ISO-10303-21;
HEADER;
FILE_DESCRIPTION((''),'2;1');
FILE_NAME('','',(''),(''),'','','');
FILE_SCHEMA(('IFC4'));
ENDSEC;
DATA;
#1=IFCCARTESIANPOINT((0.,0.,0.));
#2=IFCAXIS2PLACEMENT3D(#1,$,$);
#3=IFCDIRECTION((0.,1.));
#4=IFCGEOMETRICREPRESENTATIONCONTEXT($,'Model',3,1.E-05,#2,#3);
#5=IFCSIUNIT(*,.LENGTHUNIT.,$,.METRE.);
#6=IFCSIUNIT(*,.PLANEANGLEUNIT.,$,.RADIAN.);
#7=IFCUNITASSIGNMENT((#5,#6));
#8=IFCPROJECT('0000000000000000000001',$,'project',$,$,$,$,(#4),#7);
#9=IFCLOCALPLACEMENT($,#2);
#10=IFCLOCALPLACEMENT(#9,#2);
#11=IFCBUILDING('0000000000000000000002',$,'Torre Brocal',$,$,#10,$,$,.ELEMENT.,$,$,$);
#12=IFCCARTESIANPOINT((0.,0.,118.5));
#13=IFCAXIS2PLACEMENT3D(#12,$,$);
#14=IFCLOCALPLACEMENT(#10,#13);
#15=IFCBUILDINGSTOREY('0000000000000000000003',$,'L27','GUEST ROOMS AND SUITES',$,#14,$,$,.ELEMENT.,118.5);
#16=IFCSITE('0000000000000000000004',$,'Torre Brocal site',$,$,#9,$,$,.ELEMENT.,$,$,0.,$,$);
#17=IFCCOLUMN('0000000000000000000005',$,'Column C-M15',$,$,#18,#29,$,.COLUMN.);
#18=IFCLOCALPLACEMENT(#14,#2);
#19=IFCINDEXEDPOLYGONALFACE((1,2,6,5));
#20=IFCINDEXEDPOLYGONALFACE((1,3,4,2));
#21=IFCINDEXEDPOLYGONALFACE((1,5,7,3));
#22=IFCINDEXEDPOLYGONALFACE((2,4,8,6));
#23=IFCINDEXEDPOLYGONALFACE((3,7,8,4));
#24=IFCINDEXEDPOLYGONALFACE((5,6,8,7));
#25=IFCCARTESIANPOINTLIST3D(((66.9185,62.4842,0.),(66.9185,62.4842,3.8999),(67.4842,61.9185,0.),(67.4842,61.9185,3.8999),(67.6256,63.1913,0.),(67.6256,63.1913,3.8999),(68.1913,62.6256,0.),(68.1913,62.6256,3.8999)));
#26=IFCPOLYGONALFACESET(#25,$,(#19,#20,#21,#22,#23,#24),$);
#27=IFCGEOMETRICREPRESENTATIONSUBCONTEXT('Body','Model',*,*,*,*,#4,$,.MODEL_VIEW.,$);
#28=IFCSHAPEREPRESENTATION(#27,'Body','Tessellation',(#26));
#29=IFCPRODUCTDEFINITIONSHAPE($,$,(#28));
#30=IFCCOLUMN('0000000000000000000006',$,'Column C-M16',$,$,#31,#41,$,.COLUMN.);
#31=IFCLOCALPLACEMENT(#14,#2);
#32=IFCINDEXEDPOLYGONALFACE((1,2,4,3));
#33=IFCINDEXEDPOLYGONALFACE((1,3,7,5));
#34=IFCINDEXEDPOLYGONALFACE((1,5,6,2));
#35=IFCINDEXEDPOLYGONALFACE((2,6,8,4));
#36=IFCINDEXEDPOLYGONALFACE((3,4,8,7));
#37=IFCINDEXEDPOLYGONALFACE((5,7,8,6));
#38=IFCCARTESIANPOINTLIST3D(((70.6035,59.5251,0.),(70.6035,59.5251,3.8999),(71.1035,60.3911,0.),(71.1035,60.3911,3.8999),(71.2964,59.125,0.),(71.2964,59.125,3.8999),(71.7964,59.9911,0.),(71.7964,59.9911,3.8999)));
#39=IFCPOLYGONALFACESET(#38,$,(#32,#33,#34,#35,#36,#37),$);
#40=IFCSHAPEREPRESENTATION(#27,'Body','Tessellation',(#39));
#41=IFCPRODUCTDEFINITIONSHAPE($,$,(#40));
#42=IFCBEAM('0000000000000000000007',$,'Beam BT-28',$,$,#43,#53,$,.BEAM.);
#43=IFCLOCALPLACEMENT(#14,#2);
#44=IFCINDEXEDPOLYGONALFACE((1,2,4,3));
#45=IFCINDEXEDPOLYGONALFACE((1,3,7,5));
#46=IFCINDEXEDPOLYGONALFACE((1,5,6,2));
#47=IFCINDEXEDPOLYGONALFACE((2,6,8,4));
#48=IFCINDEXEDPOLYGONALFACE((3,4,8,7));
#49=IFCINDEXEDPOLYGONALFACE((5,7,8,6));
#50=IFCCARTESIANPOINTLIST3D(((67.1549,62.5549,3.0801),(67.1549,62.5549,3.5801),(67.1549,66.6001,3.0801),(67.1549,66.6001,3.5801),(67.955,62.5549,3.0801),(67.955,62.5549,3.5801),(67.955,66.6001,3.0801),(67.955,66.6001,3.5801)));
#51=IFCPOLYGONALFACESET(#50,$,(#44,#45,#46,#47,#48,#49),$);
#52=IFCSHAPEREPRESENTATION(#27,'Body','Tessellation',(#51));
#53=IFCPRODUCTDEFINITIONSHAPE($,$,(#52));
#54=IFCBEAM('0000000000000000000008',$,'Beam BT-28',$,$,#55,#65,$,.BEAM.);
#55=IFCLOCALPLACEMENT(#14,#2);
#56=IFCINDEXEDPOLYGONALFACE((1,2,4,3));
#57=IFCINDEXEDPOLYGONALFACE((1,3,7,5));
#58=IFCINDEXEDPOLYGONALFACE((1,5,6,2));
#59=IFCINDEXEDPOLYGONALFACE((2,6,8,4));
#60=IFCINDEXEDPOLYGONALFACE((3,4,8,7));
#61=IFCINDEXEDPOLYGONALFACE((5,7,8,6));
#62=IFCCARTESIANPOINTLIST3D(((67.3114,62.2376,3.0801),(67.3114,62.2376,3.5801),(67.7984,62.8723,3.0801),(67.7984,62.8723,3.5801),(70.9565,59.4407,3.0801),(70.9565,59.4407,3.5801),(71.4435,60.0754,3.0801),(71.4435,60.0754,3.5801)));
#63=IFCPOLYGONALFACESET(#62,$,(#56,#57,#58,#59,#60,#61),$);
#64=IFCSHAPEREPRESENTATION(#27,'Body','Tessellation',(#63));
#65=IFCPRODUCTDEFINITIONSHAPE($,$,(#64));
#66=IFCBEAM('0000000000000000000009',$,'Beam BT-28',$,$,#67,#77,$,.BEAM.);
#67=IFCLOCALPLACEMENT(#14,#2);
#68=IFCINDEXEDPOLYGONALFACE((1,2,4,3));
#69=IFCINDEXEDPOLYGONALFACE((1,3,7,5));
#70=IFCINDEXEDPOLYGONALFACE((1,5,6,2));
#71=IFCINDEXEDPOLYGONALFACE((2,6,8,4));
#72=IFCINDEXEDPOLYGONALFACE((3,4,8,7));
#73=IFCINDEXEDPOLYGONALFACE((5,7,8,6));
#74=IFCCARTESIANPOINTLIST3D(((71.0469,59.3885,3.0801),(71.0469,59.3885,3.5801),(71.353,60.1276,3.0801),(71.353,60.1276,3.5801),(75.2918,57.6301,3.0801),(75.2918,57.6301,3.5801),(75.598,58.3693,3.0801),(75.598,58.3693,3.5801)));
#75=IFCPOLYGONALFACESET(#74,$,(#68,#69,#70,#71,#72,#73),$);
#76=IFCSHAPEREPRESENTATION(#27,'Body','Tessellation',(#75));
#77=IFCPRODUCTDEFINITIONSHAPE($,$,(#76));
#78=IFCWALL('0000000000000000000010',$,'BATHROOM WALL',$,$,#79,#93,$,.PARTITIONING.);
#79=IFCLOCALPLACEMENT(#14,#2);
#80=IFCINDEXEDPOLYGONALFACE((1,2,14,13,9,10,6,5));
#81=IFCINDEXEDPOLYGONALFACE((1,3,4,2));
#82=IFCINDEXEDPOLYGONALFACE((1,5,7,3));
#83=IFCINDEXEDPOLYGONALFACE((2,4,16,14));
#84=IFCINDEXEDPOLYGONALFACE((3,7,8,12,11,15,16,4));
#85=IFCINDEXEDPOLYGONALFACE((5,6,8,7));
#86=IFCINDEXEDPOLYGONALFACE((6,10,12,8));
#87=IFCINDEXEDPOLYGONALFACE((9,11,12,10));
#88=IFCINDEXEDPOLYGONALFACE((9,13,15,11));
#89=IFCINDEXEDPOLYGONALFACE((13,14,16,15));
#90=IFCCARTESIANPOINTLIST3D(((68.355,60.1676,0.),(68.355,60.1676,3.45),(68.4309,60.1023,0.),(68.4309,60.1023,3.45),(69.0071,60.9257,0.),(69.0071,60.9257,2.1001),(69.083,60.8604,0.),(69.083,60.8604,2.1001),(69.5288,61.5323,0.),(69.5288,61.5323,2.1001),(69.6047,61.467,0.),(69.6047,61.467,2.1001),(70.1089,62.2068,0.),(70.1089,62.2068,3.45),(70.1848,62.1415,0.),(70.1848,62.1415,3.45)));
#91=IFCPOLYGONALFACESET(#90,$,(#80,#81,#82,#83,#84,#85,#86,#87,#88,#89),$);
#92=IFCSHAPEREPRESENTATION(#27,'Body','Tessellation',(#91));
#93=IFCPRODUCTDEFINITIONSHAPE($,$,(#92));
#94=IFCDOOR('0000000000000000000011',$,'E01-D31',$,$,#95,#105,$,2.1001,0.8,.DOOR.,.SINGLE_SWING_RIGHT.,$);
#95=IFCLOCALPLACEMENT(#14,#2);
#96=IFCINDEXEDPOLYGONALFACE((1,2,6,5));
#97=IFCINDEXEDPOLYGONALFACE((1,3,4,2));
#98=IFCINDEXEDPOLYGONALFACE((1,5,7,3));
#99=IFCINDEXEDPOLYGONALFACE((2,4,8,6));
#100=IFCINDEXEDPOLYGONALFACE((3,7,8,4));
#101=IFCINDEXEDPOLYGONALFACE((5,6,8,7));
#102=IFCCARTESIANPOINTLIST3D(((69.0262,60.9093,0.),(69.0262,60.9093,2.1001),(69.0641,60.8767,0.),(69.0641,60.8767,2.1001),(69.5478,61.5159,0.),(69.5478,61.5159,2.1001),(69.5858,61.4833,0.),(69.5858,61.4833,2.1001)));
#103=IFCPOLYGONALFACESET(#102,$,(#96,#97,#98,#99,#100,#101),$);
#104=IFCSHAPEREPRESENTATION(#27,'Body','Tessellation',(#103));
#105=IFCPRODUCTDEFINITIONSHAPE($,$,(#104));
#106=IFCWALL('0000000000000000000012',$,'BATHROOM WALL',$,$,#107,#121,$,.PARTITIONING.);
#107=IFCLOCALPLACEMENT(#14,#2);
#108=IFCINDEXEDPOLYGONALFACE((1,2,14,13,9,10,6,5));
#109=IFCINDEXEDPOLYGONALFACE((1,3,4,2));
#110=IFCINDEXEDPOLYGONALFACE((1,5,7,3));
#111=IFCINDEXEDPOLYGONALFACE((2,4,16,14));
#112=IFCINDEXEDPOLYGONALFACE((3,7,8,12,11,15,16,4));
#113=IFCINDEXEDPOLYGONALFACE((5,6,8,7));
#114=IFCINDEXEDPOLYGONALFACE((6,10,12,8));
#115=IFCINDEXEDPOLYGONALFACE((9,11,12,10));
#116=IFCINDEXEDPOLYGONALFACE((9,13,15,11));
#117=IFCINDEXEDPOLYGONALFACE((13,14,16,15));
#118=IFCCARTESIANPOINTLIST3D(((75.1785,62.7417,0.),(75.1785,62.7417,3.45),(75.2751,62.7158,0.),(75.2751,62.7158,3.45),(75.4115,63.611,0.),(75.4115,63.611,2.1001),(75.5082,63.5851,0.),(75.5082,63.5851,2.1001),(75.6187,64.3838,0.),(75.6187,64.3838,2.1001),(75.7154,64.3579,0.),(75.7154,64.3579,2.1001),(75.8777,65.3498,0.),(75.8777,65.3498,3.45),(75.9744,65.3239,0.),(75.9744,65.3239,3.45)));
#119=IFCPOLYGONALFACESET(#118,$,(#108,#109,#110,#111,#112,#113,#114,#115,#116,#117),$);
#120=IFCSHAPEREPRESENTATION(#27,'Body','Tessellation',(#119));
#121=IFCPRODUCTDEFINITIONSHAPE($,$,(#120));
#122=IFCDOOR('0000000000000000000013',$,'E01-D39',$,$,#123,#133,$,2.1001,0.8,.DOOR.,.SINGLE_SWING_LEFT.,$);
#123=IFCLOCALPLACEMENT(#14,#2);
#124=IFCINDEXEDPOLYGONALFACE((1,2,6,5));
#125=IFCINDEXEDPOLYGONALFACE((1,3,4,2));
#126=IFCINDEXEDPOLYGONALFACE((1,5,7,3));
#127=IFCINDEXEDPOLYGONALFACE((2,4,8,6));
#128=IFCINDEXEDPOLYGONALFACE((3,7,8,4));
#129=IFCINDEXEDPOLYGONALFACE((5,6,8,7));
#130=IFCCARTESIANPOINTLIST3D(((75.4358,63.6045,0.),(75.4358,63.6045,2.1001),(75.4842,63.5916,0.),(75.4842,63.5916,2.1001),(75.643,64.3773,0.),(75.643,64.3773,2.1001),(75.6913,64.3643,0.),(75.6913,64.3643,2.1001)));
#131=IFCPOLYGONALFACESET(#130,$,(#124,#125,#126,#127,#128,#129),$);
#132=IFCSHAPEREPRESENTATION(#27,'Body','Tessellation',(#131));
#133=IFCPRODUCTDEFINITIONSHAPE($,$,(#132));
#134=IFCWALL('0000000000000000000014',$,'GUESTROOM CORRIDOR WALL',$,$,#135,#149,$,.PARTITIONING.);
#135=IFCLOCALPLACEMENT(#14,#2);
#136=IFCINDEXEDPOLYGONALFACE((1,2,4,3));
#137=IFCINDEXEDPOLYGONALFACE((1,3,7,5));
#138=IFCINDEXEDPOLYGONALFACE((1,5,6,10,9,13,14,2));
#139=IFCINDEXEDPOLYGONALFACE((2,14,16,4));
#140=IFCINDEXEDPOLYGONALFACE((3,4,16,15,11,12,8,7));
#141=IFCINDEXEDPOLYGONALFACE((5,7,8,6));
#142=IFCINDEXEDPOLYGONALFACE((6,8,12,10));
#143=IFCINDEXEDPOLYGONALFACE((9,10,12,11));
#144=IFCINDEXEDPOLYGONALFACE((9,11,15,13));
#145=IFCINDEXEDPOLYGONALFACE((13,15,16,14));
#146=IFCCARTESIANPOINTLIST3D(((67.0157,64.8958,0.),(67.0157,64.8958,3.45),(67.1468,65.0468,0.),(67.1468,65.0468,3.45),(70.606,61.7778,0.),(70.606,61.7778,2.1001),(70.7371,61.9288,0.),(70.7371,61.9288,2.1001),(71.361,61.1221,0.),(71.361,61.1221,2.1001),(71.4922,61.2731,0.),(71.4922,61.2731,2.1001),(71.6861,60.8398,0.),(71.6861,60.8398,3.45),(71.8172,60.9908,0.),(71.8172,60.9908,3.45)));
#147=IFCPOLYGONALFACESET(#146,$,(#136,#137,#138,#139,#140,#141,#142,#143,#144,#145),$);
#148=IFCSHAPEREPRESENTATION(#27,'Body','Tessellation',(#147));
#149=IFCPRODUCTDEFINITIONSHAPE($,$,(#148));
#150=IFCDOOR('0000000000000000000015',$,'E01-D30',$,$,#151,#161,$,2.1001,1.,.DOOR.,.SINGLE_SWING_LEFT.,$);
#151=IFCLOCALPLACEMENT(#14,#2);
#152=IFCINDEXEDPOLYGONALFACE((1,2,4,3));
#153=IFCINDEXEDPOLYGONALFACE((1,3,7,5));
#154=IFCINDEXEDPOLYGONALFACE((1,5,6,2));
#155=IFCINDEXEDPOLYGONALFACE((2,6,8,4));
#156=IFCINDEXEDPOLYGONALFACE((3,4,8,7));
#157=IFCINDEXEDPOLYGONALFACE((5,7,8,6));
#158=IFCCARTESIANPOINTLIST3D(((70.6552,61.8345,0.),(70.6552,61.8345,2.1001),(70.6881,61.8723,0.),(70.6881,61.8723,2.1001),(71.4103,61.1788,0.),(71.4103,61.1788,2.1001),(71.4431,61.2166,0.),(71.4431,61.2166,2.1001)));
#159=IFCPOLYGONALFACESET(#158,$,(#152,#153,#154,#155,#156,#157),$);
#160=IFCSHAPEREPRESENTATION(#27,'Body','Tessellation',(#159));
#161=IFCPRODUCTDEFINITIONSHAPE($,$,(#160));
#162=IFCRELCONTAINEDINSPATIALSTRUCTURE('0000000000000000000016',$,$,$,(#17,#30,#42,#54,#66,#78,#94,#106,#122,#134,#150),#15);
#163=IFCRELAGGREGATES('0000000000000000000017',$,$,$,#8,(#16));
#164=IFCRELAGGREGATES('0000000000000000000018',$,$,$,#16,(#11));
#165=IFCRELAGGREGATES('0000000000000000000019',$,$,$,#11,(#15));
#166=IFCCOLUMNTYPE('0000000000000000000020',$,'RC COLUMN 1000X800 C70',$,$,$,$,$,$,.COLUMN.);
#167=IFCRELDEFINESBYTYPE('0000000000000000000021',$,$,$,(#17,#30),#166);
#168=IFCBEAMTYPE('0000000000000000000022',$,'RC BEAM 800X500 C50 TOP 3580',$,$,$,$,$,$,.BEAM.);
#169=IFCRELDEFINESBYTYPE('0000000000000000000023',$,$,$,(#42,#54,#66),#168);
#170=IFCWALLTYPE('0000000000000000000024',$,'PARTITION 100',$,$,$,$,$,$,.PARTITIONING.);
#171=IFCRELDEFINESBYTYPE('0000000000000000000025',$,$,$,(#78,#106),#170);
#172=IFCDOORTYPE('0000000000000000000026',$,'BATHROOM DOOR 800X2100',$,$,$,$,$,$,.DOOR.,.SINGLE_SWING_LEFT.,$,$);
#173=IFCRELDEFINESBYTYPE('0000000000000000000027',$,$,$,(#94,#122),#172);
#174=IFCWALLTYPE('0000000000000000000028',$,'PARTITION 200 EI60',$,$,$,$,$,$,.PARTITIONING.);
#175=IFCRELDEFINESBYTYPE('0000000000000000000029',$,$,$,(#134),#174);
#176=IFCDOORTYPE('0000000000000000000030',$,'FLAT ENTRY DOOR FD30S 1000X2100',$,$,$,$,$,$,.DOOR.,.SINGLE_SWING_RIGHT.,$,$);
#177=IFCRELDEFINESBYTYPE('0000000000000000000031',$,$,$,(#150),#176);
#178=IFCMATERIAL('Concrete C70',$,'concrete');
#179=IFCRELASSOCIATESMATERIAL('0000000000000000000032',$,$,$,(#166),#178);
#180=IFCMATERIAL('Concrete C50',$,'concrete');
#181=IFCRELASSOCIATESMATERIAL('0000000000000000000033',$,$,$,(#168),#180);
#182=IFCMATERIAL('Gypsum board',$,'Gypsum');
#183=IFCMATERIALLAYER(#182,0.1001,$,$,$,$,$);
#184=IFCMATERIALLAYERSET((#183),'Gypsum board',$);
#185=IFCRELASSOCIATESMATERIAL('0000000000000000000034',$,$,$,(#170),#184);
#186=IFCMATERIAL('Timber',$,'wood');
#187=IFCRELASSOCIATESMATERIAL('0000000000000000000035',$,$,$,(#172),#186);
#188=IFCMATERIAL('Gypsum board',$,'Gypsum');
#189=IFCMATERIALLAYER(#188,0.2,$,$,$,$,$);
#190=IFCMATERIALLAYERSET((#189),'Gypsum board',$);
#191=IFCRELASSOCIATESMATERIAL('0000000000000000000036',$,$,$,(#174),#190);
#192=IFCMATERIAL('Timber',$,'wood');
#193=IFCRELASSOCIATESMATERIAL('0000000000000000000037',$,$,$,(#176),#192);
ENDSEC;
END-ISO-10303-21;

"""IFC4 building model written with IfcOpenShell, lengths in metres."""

from ifc_helpers import new_model, si_unit, direction, frame, frame_2d, origin, origin_2d, place, context, subcontext, project, spatial, rectangle, extrude, material, layer, layer_set, material_profile, profile_set, type_object, element, fill, save


model = new_model("IFC4")

# Units and contexts
model_context = context("Model", 3, precision=1e-05, world=origin(), true_north=direction((0.0, 1.0)))
body_context = subcontext(model_context, "Body", "Model", "MODEL_VIEW")
ifc_project = project(units=[si_unit("LENGTHUNIT", "METRE"), si_unit("PLANEANGLEUNIT", "RADIAN")], contexts=[model_context])

# Site, building, storey
site_placement = place(None, origin())
site = spatial("IfcSite", under=ifc_project, at=site_placement, Name="Torre Brocal site", CompositionType="ELEMENT", RefElevation=0.0)
building_placement = place(site_placement, origin())
building = spatial("IfcBuilding", under=site, at=building_placement, Name="Torre Brocal", CompositionType="ELEMENT")
storey_placement = place(building_placement, frame((0.0, 0.0, 118.5)))
storey = spatial("IfcBuildingStorey", under=building, at=storey_placement, Name="L27", Description="GUEST ROOMS AND SUITES", CompositionType="ELEMENT", Elevation=118.5)

# Columns
ifc_material_1 = material(Name="Concrete C70", Category="concrete")
ifc_material_profile_1 = material_profile(ifc_material_1, rectangle(XDim=1.0, YDim=0.8, at=origin_2d()), Name="RC 1000X800")
ifc_profile_set_1 = profile_set([ifc_material_profile_1], Name="Concrete C70")
column_type = type_object("IfcColumnType", Name="RC COLUMN 1000X800 C70", PredefinedType="COLUMN", material=ifc_profile_set_1)
for number, where, z_axis, x_axis, name in (
    (1, (67.5549, 62.5549, 0.0), (0.0, 0.0, 1.0), (-0.707107, -0.707107, 0.0), "Column C-M15"),
    (2, (71.2, 59.7581, 0.0), (0.0, 0.0, 1.0), (-0.5, -0.866025, 0.0), "Column C-M16"),
):
    element("IfcColumn", number, at=place(storey_placement, frame(where, z_axis=z_axis, x_axis=x_axis)), inside=storey, type_object=column_type, Name=name, PredefinedType="COLUMN", context=body_context, shape_type="SweptSolid", body=[
        extrude(rectangle(XDim=1.0, YDim=0.8, at=origin_2d()), origin(), (0.0, 0.0, 1.0), 3.8999),
    ])

# Beams
ifc_material_2 = material(Name="Concrete C50", Category="concrete")
ifc_material_profile_2 = material_profile(ifc_material_2, rectangle(XDim=0.8, YDim=0.5, at=origin_2d()), Name="RC 800X500")
ifc_profile_set_2 = profile_set([ifc_material_profile_2], Name="Concrete C50")
beam_type = type_object("IfcBeamType", Name="RC BEAM 800X500 C50 TOP 3580", PredefinedType="BEAM", material=ifc_profile_set_2)
beam_1_placement = place(storey_placement, frame((67.5549, 62.5549, 3.3301), z_axis=(0.0, 1.0, 0.0), x_axis=(-1.0, 0.0, 0.0)))
element("IfcBeam", 3, at=beam_1_placement, inside=storey, type_object=beam_type, Name="Beam BT-28", PredefinedType="BEAM", context=body_context, shape_type="SweptSolid", body=[
    extrude(rectangle(XDim=0.8, YDim=0.5, at=origin_2d()), origin(), (0.0, 0.0, 1.0), 4.0452),
])
beam_2_placement = place(storey_placement, frame((67.5549, 62.5549, 3.3301), z_axis=(0.793358, -0.608755, 0.0), x_axis=(0.608755, 0.793358, 0.0)))
element("IfcBeam", 4, at=beam_2_placement, inside=storey, type_object=beam_type, Name="Beam BT-28", PredefinedType="BEAM", context=body_context, shape_type="SweptSolid", body=[
    extrude(rectangle(XDim=0.8, YDim=0.5, at=origin_2d()), origin(), (0.0, 0.0, 1.0), 4.5945),
])
beam_3_placement = place(storey_placement, frame((71.2, 59.7581, 3.3301), z_axis=(0.923878, -0.382687, 0.0), x_axis=(0.382687, 0.923878, 0.0)))
element("IfcBeam", 5, at=beam_3_placement, inside=storey, type_object=beam_type, Name="Beam BT-28", PredefinedType="BEAM", context=body_context, shape_type="SweptSolid", body=[
    extrude(rectangle(XDim=0.8, YDim=0.5, at=origin_2d()), origin(), (0.0, 0.0, 1.0), 4.5947),
])

# Walls, openings, doors
ifc_material_3 = material(Name="Gypsum board", Category="Gypsum")
ifc_layer_1 = layer(ifc_material_3, 0.1001)
ifc_layer_set_1 = layer_set([ifc_layer_1], Name="Gypsum board")
wall_type_1 = type_object("IfcWallType", Name="PARTITION 100", PredefinedType="PARTITIONING", material=ifc_layer_set_1)
wall_1_placement = place(storey_placement, frame((68.3931, 60.135, 0.0), z_axis=(0.0, 0.0, 1.0), x_axis=(0.652061, 0.758166, 0.0)))
wall_1 = element("IfcWall", 6, at=wall_1_placement, inside=storey, type_object=wall_type_1, Name="BATHROOM WALL", PredefinedType="PARTITIONING", context=body_context, shape_type="SweptSolid", body=[
    extrude(rectangle(XDim=2.6897, YDim=0.1001, at=frame_2d((1.3447, 0.0))), origin(), (0.0, 0.0, 1.0), 3.45),
])
opening_1_placement = place(wall_1_placement, frame((1.0, 0.0, 0.0)))
opening_1 = element("IfcOpeningElement", 7, at=opening_1_placement, cuts=wall_1, PredefinedType="OPENING", context=body_context, shape_type="SweptSolid", body=[
    extrude(rectangle(XDim=0.8, YDim=2.1001, at=frame_2d((0.3999, 1.05))), frame((0.0, 0.0601, 0.0), z_axis=(0.0, -1.0, 0.0), x_axis=(1.0, 0.0, 0.0)), (0.0, 0.0, 1.0), 0.1201),
])
ifc_material_4 = material(Name="Timber", Category="wood")
door_type_1 = type_object("IfcDoorType", Name="BATHROOM DOOR 800X2100", OperationType="SINGLE_SWING_LEFT", PredefinedType="DOOR", material=ifc_material_4)
door_1_placement = place(opening_1_placement, origin())
door_1 = element("IfcDoor", 8, at=door_1_placement, inside=storey, type_object=door_type_1, Name="E01-D31", OperationType="SINGLE_SWING_RIGHT", OverallHeight=2.1001, OverallWidth=0.8, PredefinedType="DOOR", context=body_context, shape_type="SweptSolid", body=[
    extrude(rectangle(XDim=0.8, YDim=2.1001, at=frame_2d((0.3999, 1.05))), frame((0.0, 0.0249, 0.0), z_axis=(0.0, -1.0, 0.0), x_axis=(1.0, 0.0, 0.0)), (0.0, 0.0, 1.0), 0.05),
])
fill(opening_1, door_1)
wall_2_placement = place(storey_placement, frame((75.2268, 62.7288, 0.0), z_axis=(0.0, 0.0, 1.0), x_axis=(0.258945, 0.965892, 0.0)))
wall_2 = element("IfcWall", 9, at=wall_2_placement, inside=storey, type_object=wall_type_1, Name="BATHROOM WALL", PredefinedType="PARTITIONING", context=body_context, shape_type="SweptSolid", body=[
    extrude(rectangle(XDim=2.7002, YDim=0.1001, at=frame_2d((1.3501, 0.0))), origin(), (0.0, 0.0, 1.0), 3.45),
])
opening_2_placement = place(wall_2_placement, frame((0.9001, 0.0, 0.0)))
opening_2 = element("IfcOpeningElement", 10, at=opening_2_placement, cuts=wall_2, PredefinedType="OPENING", context=body_context, shape_type="SweptSolid", body=[
    extrude(rectangle(XDim=0.8, YDim=2.1001, at=frame_2d((0.3999, 1.05))), frame((0.0, 0.0601, 0.0), z_axis=(0.0, -1.0, 0.0), x_axis=(1.0, 0.0, 0.0)), (0.0, 0.0, 1.0), 0.1201),
])
door_2_placement = place(opening_2_placement, origin())
door_2 = element("IfcDoor", 11, at=door_2_placement, inside=storey, type_object=door_type_1, Name="E01-D39", OperationType="SINGLE_SWING_LEFT", OverallHeight=2.1001, OverallWidth=0.8, PredefinedType="DOOR", context=body_context, shape_type="SweptSolid", body=[
    extrude(rectangle(XDim=0.8, YDim=2.1001, at=frame_2d((0.3999, 1.05))), frame((0.0, 0.0249, 0.0), z_axis=(0.0, -1.0, 0.0), x_axis=(1.0, 0.0, 0.0)), (0.0, 0.0, 1.0), 0.05),
])
fill(opening_2, door_2)
ifc_material_5 = material(Name="Gypsum board", Category="Gypsum")
ifc_layer_2 = layer(ifc_material_5, 0.2)
ifc_layer_set_2 = layer_set([ifc_layer_2], Name="Gypsum board")
wall_type_2 = type_object("IfcWallType", Name="PARTITION 200 EI60", PredefinedType="PARTITIONING", material=ifc_layer_set_2)
wall_3_placement = place(storey_placement, frame((67.0813, 64.9712, 0.0), z_axis=(0.0, 0.0, 1.0), x_axis=(0.755031, -0.655689, 0.0)))
wall_3 = element("IfcWall", 12, at=wall_3_placement, inside=storey, type_object=wall_type_2, Name="GUESTROOM CORRIDOR WALL", PredefinedType="PARTITIONING", context=body_context, shape_type="SweptSolid", body=[
    extrude(rectangle(XDim=6.1858, YDim=0.2, at=frame_2d((3.0928, 0.0))), origin(), (0.0, 0.0, 1.0), 3.45),
])
opening_3_placement = place(wall_3_placement, frame((4.7551, 0.0, 0.0)))
opening_3 = element("IfcOpeningElement", 13, at=opening_3_placement, cuts=wall_3, PredefinedType="OPENING", context=body_context, shape_type="SweptSolid", body=[
    extrude(rectangle(XDim=1.0, YDim=2.1001, at=frame_2d((0.5, 1.05))), frame((0.0, 0.1099, 0.0), z_axis=(0.0, -1.0, 0.0), x_axis=(1.0, 0.0, 0.0)), (0.0, 0.0, 1.0), 0.22),
])
ifc_material_6 = material(Name="Timber", Category="wood")
door_type_2 = type_object("IfcDoorType", Name="FLAT ENTRY DOOR FD30S 1000X2100", OperationType="SINGLE_SWING_RIGHT", PredefinedType="DOOR", material=ifc_material_6)
door_3_placement = place(opening_3_placement, frame((1.0, 0.0, 0.0), z_axis=(0.0, 0.0, 1.0), x_axis=(-1.0, 0.0, 0.0)))
door_3 = element("IfcDoor", 14, at=door_3_placement, inside=storey, type_object=door_type_2, Name="E01-D30", OperationType="SINGLE_SWING_LEFT", OverallHeight=2.1001, OverallWidth=1.0, PredefinedType="DOOR", context=body_context, shape_type="SweptSolid", body=[
    extrude(rectangle(XDim=1.0, YDim=2.1001, at=frame_2d((0.5, 1.05))), frame((0.0, 0.0249, 0.0), z_axis=(0.0, -1.0, 0.0), x_axis=(1.0, 0.0, 0.0)), (0.0, 0.0, 1.0), 0.05),
])
fill(opening_3, door_3)

save(model, "model.ifc")
